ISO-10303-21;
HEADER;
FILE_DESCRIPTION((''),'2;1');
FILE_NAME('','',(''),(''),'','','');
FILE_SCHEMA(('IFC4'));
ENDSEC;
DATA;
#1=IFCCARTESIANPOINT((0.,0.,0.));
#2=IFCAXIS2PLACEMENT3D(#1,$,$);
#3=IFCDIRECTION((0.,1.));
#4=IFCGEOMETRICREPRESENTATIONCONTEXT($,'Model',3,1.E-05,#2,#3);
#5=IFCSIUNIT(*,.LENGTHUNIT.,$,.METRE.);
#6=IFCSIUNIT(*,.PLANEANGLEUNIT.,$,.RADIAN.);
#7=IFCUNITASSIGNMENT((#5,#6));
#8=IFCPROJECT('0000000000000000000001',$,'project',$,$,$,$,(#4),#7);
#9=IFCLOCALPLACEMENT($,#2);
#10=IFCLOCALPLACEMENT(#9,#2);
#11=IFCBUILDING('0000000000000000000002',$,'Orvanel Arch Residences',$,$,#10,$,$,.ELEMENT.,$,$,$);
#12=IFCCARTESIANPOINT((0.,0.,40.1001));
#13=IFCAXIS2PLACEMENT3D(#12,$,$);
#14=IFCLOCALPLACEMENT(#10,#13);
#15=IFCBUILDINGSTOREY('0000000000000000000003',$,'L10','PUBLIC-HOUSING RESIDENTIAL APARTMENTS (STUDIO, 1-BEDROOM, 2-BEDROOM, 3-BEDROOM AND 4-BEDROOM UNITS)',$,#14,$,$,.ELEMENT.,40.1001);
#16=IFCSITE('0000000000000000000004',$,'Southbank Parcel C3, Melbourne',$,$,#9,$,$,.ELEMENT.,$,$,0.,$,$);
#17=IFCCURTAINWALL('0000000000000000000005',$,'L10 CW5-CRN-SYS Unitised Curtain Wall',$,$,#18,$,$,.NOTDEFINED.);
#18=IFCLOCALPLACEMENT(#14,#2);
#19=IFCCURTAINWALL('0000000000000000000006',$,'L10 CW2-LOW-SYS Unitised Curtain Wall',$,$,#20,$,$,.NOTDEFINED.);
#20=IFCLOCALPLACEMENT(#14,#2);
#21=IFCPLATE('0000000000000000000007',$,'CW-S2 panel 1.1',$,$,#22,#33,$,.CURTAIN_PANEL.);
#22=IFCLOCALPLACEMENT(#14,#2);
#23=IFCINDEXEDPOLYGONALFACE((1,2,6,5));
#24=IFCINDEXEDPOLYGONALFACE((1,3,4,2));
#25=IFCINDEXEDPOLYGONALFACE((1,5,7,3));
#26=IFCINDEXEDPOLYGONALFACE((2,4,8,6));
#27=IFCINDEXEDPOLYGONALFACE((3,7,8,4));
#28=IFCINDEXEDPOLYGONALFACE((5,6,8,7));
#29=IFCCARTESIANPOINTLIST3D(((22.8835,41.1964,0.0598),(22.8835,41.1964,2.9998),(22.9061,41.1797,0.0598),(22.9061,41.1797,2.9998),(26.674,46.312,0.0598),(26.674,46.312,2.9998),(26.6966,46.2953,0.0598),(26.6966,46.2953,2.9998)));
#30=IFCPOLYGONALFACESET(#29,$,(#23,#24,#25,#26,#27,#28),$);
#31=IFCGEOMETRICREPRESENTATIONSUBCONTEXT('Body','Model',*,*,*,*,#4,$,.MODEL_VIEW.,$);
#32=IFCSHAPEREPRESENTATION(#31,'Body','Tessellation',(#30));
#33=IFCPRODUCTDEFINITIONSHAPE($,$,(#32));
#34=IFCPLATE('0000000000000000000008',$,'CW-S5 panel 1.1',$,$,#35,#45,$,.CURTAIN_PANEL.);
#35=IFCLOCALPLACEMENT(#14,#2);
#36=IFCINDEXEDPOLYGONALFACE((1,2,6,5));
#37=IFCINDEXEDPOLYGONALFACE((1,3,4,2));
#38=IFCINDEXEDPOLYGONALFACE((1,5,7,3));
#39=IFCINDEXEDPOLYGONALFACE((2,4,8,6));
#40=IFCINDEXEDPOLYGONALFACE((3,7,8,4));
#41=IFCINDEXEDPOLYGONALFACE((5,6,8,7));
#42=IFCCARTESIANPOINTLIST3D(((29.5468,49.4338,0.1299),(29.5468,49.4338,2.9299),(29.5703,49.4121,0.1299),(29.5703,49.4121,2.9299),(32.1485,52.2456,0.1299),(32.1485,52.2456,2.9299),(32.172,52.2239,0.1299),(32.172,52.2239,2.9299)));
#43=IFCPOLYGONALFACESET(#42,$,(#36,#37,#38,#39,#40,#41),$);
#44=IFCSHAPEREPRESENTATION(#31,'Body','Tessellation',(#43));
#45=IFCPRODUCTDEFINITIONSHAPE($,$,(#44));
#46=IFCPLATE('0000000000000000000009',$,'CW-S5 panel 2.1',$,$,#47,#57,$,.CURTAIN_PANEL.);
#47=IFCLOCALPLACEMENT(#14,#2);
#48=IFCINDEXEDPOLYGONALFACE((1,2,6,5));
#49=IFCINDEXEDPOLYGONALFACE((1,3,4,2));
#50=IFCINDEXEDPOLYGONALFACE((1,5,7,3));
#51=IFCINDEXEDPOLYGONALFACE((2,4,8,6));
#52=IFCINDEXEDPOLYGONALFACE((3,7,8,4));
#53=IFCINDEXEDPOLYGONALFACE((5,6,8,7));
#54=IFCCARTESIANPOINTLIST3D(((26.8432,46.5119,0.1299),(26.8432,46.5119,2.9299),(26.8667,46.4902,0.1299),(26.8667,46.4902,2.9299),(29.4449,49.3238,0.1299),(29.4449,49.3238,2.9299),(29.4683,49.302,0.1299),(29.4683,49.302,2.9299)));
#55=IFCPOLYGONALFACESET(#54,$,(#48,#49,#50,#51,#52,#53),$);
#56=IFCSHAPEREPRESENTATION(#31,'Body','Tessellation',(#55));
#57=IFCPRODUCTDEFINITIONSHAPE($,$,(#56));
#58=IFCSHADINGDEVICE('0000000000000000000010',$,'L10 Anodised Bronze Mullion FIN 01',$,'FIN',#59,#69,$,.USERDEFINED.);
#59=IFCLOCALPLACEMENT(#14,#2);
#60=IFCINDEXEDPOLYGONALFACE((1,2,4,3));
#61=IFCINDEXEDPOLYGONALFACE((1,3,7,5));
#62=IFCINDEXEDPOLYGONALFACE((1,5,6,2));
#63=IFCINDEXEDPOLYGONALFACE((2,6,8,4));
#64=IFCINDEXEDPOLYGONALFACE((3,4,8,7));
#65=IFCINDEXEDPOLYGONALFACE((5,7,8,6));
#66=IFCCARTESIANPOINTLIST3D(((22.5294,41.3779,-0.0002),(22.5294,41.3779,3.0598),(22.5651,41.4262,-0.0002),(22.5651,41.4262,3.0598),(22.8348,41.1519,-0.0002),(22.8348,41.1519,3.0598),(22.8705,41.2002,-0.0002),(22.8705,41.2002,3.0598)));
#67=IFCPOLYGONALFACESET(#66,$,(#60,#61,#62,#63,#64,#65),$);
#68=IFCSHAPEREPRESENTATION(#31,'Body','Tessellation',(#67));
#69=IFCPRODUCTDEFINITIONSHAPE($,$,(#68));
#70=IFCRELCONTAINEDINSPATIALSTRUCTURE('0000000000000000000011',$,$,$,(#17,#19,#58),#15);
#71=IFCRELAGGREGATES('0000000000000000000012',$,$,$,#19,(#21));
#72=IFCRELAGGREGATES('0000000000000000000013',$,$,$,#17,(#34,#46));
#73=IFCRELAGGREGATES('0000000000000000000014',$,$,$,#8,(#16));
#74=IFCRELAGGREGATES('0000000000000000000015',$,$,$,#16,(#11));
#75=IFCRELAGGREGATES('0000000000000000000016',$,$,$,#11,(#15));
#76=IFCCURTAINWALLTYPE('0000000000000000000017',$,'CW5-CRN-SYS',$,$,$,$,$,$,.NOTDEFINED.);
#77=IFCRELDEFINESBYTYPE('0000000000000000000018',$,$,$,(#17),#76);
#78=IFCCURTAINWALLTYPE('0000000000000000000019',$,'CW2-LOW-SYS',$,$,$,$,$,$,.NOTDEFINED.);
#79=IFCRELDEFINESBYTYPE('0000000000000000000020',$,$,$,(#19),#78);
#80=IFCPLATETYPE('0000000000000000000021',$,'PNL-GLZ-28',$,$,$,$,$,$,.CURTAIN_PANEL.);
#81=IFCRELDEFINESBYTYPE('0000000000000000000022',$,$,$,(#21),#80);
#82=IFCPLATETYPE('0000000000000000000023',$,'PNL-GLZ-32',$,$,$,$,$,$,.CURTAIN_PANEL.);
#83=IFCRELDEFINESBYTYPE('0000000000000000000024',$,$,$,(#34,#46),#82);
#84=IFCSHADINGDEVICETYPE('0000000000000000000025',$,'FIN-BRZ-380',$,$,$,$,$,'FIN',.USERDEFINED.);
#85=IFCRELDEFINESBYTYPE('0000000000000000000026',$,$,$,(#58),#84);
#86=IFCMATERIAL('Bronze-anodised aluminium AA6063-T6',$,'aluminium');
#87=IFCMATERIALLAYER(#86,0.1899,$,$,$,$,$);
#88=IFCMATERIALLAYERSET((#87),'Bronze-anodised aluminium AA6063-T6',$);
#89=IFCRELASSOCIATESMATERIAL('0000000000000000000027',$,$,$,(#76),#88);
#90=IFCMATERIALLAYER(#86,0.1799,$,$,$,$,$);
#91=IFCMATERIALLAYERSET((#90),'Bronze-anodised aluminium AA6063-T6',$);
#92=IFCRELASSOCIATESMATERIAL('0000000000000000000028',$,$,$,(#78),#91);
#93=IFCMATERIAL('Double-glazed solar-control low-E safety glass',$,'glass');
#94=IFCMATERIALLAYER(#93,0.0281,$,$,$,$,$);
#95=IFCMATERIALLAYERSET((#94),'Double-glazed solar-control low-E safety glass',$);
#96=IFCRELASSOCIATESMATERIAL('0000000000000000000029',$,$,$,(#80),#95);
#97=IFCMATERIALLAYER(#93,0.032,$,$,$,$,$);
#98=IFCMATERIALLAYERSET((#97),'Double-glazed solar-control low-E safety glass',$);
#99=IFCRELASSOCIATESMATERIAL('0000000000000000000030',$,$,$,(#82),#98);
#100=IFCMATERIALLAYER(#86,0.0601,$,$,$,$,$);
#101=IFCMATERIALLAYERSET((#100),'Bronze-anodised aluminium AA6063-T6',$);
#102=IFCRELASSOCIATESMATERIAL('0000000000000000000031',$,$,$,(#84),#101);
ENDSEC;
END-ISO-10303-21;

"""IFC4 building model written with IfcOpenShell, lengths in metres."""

from ifc_helpers import new_model, si_unit, direction, frame, origin, origin_2d, place, context, subcontext, project, spatial, rectangle, extrude, material, layer, layer_set, type_object, element, aggregate, save


model = new_model("IFC4")

# Units and contexts
model_context = context("Model", 3, precision=1e-05, world=origin(), true_north=direction((0.0, 1.0)))
body_context = subcontext(model_context, "Body", "Model", "MODEL_VIEW")
ifc_project = project(units=[si_unit("LENGTHUNIT", "METRE"), si_unit("PLANEANGLEUNIT", "RADIAN")], contexts=[model_context])

# Site, building, storey
site_placement = place(None, origin())
site = spatial("IfcSite", under=ifc_project, at=site_placement, Name="Southbank Parcel C3, Melbourne", CompositionType="ELEMENT", RefElevation=0.0)
building_placement = place(site_placement, origin())
building = spatial("IfcBuilding", under=site, at=building_placement, Name="Orvanel Arch Residences", CompositionType="ELEMENT")
storey_placement = place(building_placement, frame((0.0, 0.0, 40.1001)))
storey = spatial("IfcBuildingStorey", under=building, at=storey_placement, Name="L10", Description="PUBLIC-HOUSING RESIDENTIAL APARTMENTS (STUDIO, 1-BEDROOM, 2-BEDROOM, 3-BEDROOM AND 4-BEDROOM UNITS)", CompositionType="ELEMENT", Elevation=40.1001)

# Shared definitions
ifc_material_1 = material(Name="Bronze-anodised aluminium AA6063-T6", Category="aluminium")
ifc_layer_1 = layer(ifc_material_1, 0.1899)
ifc_layer_set_1 = layer_set([ifc_layer_1], Name="Bronze-anodised aluminium AA6063-T6")
curtain_wall_type_1 = type_object("IfcCurtainWallType", Name="CW5-CRN-SYS", PredefinedType="NOTDEFINED", material=ifc_layer_set_1)

# Curtain walls
curtain_wall_1_placement = place(storey_placement, origin())
curtain_wall_1 = element("IfcCurtainWall", 1, at=curtain_wall_1_placement, inside=storey, type_object=curtain_wall_type_1, Name="L10 CW5-CRN-SYS Unitised Curtain Wall", PredefinedType="NOTDEFINED")
ifc_layer_2 = layer(ifc_material_1, 0.1799)
ifc_layer_set_2 = layer_set([ifc_layer_2], Name="Bronze-anodised aluminium AA6063-T6")
curtain_wall_type_2 = type_object("IfcCurtainWallType", Name="CW2-LOW-SYS", PredefinedType="NOTDEFINED", material=ifc_layer_set_2)
curtain_wall_2_placement = place(storey_placement, origin())
curtain_wall_2 = element("IfcCurtainWall", 2, at=curtain_wall_2_placement, inside=storey, type_object=curtain_wall_type_2, Name="L10 CW2-LOW-SYS Unitised Curtain Wall", PredefinedType="NOTDEFINED")

# Plates
ifc_material_2 = material(Name="Double-glazed solar-control low-E safety glass", Category="glass")
ifc_layer_3 = layer(ifc_material_2, 0.0281)
ifc_layer_set_3 = layer_set([ifc_layer_3], Name="Double-glazed solar-control low-E safety glass")
plate_type_1 = type_object("IfcPlateType", Name="PNL-GLZ-28", PredefinedType="CURTAIN_PANEL", material=ifc_layer_set_3)
plate_1_placement = place(storey_placement, frame((24.79, 43.7458, 0.0598), z_axis=(0.0, 0.0, 1.0), x_axis=(-0.595342, -0.803472, 0.0)))
plate_1 = element("IfcPlate", 3, at=plate_1_placement, type_object=plate_type_1, Name="CW-S2 panel 1.1", PredefinedType="CURTAIN_PANEL", context=body_context, shape_type="SweptSolid", body=[
    extrude(rectangle(XDim=6.3669, YDim=0.0281, at=origin_2d()), origin(), (0.0, 0.0, 1.0), 2.9399),
])
aggregate(curtain_wall_2, [plate_1])
ifc_layer_4 = layer(ifc_material_2, 0.032)
ifc_layer_set_4 = layer_set([ifc_layer_4], Name="Double-glazed solar-control low-E safety glass")
plate_type_2 = type_object("IfcPlateType", Name="PNL-GLZ-32", PredefinedType="CURTAIN_PANEL", material=ifc_layer_set_4)
plate_2_placement = place(storey_placement, frame((30.8594, 50.8289, 0.1299), z_axis=(0.0, 0.0, 1.0), x_axis=(-0.679145, -0.734004, 0.0)))
plate_2 = element("IfcPlate", 4, at=plate_2_placement, type_object=plate_type_2, Name="CW-S5 panel 1.1", PredefinedType="CURTAIN_PANEL", context=body_context, shape_type="SweptSolid", body=[
    extrude(rectangle(XDim=3.8308, YDim=0.032, at=origin_2d()), origin(), (0.0, 0.0, 1.0), 2.8),
])
plate_3_placement = place(storey_placement, frame((28.1558, 47.907, 0.1299), z_axis=(0.0, 0.0, 1.0), x_axis=(-0.679145, -0.734004, 0.0)))
plate_3 = element("IfcPlate", 5, at=plate_3_placement, type_object=plate_type_2, Name="CW-S5 panel 2.1", PredefinedType="CURTAIN_PANEL", context=body_context, shape_type="SweptSolid", body=[
    extrude(rectangle(XDim=3.8308, YDim=0.032, at=origin_2d()), origin(), (0.0, 0.0, 1.0), 2.8),
])
aggregate(curtain_wall_1, [plate_2, plate_3])

# Shading device
ifc_layer_5 = layer(ifc_material_1, 0.0601)
ifc_layer_set_5 = layer_set([ifc_layer_5], Name="Bronze-anodised aluminium AA6063-T6")
shading_device_type = type_object("IfcShadingDeviceType", Name="FIN-BRZ-380", ElementType="FIN", PredefinedType="USERDEFINED", material=ifc_layer_set_5)
shading_device_placement = place(storey_placement, frame((22.7, 41.2891, -0.0002), z_axis=(0.0, 0.0, 1.0), x_axis=(-0.803857, 0.594823, 0.0)))
element("IfcShadingDevice", 6, at=shading_device_placement, inside=storey, type_object=shading_device_type, Name="L10 Anodised Bronze Mullion FIN 01", ObjectType="FIN", PredefinedType="USERDEFINED", context=body_context, shape_type="SweptSolid", body=[
    extrude(rectangle(XDim=0.3799, YDim=0.0601, at=origin_2d()), origin(), (0.0, 0.0, 1.0), 3.0601),
])

save(model, "model.ifc")
